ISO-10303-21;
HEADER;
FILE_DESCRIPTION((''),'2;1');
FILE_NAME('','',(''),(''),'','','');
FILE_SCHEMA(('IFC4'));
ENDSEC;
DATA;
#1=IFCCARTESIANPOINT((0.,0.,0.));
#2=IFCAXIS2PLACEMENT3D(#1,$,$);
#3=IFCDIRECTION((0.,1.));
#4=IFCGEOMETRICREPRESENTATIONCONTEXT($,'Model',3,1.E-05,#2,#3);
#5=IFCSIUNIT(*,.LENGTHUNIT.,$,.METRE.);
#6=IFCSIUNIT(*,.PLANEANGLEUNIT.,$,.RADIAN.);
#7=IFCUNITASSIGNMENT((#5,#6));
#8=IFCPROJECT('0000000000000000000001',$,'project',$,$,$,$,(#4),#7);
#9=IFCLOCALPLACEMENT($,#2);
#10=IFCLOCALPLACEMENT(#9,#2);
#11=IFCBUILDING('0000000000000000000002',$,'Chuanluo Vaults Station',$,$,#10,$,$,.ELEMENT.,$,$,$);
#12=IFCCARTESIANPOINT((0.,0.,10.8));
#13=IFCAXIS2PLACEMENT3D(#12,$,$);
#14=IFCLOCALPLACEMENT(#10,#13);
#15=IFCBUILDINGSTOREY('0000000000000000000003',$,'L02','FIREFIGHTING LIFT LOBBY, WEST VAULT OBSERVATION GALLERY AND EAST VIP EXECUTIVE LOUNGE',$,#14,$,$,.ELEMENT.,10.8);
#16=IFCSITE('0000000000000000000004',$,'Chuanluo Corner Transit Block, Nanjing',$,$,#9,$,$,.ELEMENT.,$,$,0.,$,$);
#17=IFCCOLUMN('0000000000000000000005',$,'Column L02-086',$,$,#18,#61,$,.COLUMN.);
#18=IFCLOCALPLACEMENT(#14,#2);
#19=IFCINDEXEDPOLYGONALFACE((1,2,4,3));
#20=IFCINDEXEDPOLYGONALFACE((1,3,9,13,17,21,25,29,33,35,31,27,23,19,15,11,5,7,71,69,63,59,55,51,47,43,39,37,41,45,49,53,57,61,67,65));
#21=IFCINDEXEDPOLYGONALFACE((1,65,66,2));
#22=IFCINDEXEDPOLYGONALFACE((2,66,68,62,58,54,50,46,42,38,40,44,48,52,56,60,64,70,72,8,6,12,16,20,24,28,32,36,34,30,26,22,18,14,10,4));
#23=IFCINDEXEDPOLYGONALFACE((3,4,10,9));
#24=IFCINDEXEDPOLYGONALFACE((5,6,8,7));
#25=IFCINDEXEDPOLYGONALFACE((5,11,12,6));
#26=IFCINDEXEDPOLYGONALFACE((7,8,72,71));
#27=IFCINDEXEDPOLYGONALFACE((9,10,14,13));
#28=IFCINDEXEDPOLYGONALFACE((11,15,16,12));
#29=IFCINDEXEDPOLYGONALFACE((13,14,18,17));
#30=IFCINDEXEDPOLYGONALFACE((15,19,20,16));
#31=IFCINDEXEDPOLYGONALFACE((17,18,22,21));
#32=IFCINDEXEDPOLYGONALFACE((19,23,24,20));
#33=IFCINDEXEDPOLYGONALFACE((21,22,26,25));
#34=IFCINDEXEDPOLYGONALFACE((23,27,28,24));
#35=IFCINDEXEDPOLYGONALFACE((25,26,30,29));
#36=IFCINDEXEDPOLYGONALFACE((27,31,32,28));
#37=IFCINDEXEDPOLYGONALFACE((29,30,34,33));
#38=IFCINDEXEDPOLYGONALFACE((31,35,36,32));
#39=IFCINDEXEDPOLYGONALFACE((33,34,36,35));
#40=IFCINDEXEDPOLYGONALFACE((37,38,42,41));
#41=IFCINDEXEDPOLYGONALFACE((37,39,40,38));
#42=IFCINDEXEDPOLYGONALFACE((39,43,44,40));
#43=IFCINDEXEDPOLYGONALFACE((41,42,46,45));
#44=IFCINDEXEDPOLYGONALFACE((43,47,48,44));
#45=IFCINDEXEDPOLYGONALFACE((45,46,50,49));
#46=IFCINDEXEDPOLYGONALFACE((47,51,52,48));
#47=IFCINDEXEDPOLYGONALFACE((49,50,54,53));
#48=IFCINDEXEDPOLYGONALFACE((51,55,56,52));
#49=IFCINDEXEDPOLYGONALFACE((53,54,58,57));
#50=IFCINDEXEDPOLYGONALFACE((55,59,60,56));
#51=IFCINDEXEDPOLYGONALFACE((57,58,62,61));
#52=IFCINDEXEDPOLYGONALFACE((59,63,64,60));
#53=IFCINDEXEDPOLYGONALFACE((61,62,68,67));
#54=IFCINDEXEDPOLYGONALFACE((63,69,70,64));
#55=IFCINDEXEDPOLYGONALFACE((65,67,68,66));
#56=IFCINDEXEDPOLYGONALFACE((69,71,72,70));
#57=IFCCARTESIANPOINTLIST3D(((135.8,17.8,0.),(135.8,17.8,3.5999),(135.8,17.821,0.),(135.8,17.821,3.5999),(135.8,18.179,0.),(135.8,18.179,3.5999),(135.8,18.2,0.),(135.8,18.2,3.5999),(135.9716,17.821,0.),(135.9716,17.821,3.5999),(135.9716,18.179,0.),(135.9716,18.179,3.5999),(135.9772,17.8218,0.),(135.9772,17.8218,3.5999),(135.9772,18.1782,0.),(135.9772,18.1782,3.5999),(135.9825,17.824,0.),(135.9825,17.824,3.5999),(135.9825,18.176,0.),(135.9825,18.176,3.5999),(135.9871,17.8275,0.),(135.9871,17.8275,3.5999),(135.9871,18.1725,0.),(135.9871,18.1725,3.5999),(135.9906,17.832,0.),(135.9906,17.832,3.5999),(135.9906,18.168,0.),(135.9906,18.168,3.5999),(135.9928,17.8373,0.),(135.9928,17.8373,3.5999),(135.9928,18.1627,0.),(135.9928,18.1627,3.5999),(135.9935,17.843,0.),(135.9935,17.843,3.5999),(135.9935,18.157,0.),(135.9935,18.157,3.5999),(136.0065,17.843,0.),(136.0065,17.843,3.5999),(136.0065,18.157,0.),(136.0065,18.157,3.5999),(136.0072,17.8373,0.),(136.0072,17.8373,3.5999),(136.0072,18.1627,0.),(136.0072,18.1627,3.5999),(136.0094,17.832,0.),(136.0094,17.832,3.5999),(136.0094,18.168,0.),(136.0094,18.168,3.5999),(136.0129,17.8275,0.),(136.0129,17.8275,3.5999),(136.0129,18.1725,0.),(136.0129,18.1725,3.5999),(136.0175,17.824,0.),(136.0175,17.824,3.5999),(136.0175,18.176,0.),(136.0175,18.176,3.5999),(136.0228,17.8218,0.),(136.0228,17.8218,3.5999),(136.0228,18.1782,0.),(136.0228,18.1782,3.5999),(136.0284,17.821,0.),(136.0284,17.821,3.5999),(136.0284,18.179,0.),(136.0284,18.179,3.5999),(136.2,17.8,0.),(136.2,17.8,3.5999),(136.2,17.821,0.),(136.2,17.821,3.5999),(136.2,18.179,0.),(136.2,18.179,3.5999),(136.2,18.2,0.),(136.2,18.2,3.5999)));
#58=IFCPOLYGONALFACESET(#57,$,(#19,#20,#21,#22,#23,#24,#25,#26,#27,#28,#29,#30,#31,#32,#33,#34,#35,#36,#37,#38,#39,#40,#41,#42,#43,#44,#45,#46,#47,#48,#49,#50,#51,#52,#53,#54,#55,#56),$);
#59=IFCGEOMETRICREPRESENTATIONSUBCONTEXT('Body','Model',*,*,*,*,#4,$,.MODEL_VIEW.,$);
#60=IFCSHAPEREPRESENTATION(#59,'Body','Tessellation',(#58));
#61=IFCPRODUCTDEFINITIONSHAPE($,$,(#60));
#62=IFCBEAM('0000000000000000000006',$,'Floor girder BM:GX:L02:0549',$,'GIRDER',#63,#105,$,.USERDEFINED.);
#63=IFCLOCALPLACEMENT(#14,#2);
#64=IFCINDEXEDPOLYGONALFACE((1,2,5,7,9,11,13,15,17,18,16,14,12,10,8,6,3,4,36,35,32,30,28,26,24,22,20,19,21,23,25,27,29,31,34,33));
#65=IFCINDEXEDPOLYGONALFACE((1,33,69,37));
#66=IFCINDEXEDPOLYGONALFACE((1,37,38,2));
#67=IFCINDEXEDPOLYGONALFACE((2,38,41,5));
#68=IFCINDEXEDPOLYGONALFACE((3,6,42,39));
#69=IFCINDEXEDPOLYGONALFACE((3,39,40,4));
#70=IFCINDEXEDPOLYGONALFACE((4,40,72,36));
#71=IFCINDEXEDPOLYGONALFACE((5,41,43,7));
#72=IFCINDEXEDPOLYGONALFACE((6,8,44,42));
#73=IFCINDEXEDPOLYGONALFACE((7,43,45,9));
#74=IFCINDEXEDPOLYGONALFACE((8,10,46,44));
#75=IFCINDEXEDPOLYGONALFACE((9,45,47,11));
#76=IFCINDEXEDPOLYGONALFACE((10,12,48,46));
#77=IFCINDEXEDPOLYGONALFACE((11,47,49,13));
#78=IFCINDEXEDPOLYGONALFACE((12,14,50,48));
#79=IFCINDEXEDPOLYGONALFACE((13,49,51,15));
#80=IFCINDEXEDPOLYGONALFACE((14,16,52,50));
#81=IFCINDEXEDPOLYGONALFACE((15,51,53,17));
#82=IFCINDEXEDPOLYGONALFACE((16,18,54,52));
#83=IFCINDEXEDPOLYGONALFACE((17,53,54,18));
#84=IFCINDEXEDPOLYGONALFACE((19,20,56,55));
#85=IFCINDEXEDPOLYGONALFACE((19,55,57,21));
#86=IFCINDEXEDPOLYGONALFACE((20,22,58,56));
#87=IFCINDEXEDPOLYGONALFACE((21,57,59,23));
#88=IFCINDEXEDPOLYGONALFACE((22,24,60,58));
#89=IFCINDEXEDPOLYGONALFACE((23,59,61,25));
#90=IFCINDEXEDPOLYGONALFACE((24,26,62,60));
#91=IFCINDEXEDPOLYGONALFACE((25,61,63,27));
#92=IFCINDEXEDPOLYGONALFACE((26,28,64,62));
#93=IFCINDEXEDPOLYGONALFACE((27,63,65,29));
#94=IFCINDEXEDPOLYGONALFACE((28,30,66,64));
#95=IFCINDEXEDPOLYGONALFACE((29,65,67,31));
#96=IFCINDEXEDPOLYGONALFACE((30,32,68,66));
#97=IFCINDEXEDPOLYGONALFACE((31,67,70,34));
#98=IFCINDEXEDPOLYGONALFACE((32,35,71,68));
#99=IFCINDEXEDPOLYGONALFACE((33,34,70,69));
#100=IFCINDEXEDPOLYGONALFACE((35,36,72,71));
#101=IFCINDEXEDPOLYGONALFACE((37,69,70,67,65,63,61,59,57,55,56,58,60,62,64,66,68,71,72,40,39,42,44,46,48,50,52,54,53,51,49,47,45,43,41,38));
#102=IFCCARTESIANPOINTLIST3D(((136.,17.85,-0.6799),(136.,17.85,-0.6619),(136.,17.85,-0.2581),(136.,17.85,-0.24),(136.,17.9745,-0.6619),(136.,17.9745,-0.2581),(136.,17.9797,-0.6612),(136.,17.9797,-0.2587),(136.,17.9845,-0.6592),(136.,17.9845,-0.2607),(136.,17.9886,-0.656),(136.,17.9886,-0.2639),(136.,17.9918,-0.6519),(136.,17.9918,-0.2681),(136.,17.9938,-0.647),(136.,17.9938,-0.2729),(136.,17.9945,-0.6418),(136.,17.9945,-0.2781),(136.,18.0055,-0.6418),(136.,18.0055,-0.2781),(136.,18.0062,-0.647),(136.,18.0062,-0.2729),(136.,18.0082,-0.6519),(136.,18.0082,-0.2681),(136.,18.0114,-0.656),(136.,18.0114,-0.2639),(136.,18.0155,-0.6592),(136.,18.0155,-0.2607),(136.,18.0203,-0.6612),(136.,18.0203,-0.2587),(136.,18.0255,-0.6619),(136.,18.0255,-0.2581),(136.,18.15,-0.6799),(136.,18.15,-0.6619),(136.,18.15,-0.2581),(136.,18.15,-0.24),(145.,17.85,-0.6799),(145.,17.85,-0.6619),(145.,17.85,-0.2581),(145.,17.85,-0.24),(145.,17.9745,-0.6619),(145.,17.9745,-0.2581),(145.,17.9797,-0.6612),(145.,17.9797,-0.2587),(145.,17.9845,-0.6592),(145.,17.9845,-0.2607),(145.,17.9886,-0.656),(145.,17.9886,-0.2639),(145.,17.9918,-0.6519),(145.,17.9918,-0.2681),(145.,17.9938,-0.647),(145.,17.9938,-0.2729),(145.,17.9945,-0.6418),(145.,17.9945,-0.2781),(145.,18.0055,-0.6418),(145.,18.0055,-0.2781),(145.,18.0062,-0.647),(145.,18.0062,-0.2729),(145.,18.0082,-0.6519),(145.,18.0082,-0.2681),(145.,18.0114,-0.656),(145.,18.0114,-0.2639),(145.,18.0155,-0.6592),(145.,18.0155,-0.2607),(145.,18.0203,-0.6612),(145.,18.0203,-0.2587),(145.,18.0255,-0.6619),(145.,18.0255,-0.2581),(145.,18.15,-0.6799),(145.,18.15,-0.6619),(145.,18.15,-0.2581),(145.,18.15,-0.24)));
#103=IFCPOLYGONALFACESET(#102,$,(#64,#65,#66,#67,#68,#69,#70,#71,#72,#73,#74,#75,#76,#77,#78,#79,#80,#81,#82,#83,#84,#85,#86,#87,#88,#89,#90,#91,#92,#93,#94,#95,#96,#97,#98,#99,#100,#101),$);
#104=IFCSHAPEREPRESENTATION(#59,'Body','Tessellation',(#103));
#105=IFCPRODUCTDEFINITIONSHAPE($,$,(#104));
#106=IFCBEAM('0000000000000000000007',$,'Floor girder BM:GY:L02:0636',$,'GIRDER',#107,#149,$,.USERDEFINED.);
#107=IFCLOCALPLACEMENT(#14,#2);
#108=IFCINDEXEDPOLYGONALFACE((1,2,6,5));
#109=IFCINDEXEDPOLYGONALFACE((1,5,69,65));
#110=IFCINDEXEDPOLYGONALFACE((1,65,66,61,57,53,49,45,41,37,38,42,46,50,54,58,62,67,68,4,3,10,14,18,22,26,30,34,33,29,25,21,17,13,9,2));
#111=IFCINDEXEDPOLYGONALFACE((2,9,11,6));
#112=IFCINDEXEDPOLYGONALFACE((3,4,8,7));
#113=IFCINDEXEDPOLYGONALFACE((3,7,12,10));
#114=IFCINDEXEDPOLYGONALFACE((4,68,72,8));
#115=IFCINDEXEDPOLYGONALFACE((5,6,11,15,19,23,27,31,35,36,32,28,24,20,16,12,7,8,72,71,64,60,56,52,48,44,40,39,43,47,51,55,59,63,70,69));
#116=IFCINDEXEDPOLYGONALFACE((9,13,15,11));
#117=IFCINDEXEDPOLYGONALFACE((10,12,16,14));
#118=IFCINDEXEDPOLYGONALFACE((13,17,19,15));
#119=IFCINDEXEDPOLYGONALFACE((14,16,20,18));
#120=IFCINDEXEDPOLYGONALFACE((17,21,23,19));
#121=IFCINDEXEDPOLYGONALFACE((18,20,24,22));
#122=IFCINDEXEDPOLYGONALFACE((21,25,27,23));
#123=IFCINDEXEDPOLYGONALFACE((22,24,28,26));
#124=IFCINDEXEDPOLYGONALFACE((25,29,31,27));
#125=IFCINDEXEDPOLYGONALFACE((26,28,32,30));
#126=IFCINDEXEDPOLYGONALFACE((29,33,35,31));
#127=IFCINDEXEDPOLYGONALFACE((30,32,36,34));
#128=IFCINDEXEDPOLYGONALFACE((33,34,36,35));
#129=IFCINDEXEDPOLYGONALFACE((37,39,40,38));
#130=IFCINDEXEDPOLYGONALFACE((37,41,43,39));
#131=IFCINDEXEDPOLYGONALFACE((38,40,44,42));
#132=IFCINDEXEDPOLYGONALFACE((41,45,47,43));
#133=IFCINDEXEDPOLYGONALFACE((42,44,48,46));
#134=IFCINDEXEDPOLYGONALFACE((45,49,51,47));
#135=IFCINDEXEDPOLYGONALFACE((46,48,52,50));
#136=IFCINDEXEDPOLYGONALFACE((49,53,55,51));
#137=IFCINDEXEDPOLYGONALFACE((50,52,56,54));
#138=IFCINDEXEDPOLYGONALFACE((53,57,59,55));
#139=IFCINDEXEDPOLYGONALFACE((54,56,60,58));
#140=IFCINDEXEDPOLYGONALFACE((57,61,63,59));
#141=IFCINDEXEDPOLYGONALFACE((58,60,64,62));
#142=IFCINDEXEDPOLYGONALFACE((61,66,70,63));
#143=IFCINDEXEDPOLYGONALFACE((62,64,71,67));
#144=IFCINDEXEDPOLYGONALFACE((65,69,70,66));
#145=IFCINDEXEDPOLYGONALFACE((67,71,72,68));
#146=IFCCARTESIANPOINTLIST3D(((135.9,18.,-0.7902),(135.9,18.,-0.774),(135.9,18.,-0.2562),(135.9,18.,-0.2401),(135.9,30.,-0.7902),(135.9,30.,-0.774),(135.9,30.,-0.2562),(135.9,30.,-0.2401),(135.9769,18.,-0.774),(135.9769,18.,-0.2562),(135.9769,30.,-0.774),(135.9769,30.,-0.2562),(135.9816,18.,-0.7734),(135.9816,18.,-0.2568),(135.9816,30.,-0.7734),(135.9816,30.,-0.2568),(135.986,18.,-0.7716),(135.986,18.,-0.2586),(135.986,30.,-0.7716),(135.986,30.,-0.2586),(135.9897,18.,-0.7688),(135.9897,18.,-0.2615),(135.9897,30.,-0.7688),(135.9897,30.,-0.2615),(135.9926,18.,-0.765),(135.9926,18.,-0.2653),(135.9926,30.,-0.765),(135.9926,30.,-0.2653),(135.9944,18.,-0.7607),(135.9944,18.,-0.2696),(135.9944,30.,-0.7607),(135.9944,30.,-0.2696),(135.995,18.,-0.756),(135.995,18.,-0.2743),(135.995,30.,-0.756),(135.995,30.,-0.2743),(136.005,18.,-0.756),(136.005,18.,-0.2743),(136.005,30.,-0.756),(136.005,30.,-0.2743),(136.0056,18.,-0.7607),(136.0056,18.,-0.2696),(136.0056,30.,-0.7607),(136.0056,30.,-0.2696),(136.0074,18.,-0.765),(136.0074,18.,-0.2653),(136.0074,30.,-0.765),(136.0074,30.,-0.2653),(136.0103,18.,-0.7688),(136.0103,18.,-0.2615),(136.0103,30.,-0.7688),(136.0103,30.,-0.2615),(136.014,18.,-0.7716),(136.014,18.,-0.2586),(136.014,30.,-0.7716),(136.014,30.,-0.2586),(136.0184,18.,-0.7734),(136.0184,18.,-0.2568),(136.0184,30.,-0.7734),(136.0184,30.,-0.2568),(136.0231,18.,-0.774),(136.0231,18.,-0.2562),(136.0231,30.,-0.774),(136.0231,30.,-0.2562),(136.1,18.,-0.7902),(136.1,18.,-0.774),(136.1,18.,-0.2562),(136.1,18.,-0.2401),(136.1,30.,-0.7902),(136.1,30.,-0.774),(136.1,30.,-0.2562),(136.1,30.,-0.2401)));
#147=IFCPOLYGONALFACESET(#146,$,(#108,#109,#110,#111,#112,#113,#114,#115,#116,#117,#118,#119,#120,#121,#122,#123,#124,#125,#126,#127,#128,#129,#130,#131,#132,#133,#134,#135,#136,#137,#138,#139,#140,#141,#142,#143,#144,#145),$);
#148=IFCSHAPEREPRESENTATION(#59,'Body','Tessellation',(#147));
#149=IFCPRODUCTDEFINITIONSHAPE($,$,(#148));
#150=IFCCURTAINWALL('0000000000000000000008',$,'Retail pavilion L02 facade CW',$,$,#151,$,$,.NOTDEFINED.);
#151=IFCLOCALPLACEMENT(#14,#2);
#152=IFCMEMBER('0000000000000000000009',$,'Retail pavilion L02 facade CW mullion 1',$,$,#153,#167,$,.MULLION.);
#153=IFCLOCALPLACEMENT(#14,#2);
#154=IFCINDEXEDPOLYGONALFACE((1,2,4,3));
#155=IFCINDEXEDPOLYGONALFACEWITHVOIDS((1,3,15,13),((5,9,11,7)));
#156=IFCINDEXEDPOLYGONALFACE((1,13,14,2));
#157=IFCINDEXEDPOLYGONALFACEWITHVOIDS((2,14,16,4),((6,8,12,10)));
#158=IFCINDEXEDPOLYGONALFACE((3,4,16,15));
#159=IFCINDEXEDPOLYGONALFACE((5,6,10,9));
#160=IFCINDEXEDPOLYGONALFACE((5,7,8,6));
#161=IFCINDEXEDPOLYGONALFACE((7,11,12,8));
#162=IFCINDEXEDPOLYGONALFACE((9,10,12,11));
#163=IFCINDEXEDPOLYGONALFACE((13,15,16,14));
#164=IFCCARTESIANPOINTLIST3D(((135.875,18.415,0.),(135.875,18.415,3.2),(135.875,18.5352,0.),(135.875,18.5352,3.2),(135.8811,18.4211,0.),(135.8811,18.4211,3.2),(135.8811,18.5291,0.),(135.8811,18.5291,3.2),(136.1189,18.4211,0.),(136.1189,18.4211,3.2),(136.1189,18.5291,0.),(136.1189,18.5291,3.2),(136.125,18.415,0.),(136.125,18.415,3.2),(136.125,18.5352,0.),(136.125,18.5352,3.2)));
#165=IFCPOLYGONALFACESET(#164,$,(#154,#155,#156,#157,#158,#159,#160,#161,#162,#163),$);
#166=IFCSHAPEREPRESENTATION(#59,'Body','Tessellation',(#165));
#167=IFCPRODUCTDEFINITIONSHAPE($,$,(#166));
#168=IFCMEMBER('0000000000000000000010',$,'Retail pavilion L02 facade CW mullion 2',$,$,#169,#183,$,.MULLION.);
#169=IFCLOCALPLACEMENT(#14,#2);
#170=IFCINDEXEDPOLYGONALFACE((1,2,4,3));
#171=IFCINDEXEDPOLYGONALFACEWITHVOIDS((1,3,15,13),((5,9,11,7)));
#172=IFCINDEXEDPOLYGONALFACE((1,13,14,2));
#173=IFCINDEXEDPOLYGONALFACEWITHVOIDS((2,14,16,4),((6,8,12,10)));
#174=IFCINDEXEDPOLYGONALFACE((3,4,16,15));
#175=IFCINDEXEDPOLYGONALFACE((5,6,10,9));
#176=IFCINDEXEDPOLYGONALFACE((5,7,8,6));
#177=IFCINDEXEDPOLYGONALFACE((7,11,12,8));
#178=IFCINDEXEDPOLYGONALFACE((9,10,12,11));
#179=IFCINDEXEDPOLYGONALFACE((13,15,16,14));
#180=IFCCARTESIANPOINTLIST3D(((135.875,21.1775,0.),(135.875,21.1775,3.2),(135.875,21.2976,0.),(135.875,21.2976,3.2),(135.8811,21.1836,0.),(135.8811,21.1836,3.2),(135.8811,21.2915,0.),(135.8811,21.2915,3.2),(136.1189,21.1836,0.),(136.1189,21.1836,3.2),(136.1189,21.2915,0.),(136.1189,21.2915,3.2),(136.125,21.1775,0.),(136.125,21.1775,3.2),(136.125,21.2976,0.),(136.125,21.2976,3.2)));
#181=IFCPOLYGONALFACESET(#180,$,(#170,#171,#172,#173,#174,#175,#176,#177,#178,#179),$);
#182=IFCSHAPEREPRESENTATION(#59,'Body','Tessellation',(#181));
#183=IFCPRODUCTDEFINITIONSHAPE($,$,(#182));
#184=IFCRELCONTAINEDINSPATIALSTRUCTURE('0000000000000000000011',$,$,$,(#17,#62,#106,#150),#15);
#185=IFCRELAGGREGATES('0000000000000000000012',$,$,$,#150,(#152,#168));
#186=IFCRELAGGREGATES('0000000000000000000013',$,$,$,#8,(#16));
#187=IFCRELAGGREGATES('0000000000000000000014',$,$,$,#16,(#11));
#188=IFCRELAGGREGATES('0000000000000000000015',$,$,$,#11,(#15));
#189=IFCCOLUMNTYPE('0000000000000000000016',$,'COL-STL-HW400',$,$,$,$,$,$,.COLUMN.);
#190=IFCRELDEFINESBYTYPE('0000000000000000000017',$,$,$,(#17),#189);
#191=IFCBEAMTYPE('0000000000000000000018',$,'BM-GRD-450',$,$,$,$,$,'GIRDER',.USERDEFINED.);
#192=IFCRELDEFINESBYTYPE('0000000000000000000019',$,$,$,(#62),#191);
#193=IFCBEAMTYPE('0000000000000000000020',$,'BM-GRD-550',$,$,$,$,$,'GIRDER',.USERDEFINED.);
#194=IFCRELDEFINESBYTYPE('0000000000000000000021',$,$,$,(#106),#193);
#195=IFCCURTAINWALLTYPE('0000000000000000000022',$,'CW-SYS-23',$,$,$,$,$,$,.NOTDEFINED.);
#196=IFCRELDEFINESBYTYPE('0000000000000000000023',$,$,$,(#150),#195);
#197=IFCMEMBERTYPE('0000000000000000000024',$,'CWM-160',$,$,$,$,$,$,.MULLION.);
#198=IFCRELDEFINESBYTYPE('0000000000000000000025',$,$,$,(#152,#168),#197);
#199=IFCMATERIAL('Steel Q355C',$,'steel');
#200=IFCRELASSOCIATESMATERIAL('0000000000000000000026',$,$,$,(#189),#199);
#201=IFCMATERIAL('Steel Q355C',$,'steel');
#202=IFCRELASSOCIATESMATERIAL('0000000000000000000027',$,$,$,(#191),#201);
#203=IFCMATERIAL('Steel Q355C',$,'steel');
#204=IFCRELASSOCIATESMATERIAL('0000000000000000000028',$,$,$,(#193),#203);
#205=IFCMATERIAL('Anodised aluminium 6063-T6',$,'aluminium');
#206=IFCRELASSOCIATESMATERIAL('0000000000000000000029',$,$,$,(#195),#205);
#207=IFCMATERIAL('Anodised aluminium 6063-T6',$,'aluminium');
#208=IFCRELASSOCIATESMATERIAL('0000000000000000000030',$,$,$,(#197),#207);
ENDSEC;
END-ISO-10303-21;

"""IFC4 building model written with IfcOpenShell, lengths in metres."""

from ifc_helpers import new_model, si_unit, direction, frame, origin, origin_2d, place, context, subcontext, project, spatial, hollow_rectangle, i_section, extrude, material, material_profile, profile_set, type_object, element, aggregate, save


model = new_model("IFC4")

# Units and contexts
model_context = context("Model", 3, precision=1e-05, world=origin(), true_north=direction((0.0, 1.0)))
body_context = subcontext(model_context, "Body", "Model", "MODEL_VIEW")
ifc_project = project(units=[si_unit("LENGTHUNIT", "METRE"), si_unit("PLANEANGLEUNIT", "RADIAN")], contexts=[model_context])

# Site, building, storey
site_placement = place(None, origin())
site = spatial("IfcSite", under=ifc_project, at=site_placement, Name="Chuanluo Corner Transit Block, Nanjing", CompositionType="ELEMENT", RefElevation=0.0)
building_placement = place(site_placement, origin())
building = spatial("IfcBuilding", under=site, at=building_placement, Name="Chuanluo Vaults Station", CompositionType="ELEMENT")
storey_placement = place(building_placement, frame((0.0, 0.0, 10.8)))
storey = spatial("IfcBuildingStorey", under=building, at=storey_placement, Name="L02", Description="FIREFIGHTING LIFT LOBBY, WEST VAULT OBSERVATION GALLERY AND EAST VIP EXECUTIVE LOUNGE", CompositionType="ELEMENT", Elevation=10.8)

# Column
ifc_material_1 = material(Name="Steel Q355C", Category="steel")
ifc_material_profile_1 = material_profile(ifc_material_1, i_section(OverallWidth=0.3999, OverallDepth=0.3999, WebThickness=0.0129, FlangeThickness=0.021, FilletRadius=0.022, at=origin_2d()))
ifc_profile_set_1 = profile_set([ifc_material_profile_1], Name="Steel Q355C")
column_type = type_object("IfcColumnType", Name="COL-STL-HW400", PredefinedType="COLUMN", material=ifc_profile_set_1)
column_placement = place(storey_placement, frame((136.0, 18.0, 0.0), z_axis=(0.0, 0.0, 1.0), x_axis=(1.0, 0.0, 0.0)))
element("IfcColumn", 1, at=column_placement, inside=storey, type_object=column_type, Name="Column L02-086", PredefinedType="COLUMN", context=body_context, shape_type="SweptSolid", body=[
    extrude(i_section(OverallWidth=0.3999, OverallDepth=0.3999, WebThickness=0.0129, FlangeThickness=0.021, FilletRadius=0.022, at=origin_2d()), origin(), (0.0, 0.0, 1.0), 3.5999),
])

# Beams
ifc_material_2 = material(Name="Steel Q355C", Category="steel")
ifc_material_profile_2 = material_profile(ifc_material_2, i_section(OverallWidth=0.3, OverallDepth=0.4399, WebThickness=0.011, FlangeThickness=0.0181, FilletRadius=0.02, at=origin_2d()))
ifc_profile_set_2 = profile_set([ifc_material_profile_2], Name="Steel Q355C")
beam_type_1 = type_object("IfcBeamType", Name="BM-GRD-450", ElementType="GIRDER", PredefinedType="USERDEFINED", material=ifc_profile_set_2)
beam_1_placement = place(storey_placement, frame((136.0, 18.0, -0.46), z_axis=(1.0, 0.0, 0.0), x_axis=(0.0, 1.0, 0.0)))
element("IfcBeam", 2, at=beam_1_placement, inside=storey, type_object=beam_type_1, Name="Floor girder BM:GX:L02:0549", ObjectType="GIRDER", PredefinedType="USERDEFINED", context=body_context, shape_type="SweptSolid", body=[
    extrude(i_section(OverallWidth=0.3, OverallDepth=0.4399, WebThickness=0.011, FlangeThickness=0.0181, FilletRadius=0.02, at=origin_2d()), origin(), (0.0, 0.0, 1.0), 9.0),
])
ifc_material_3 = material(Name="Steel Q355C", Category="steel")
ifc_material_profile_3 = material_profile(ifc_material_3, i_section(OverallWidth=0.2, OverallDepth=0.55, WebThickness=0.01, FlangeThickness=0.0161, FilletRadius=0.0181, at=origin_2d()))
ifc_profile_set_3 = profile_set([ifc_material_profile_3], Name="Steel Q355C")
beam_type_2 = type_object("IfcBeamType", Name="BM-GRD-550", ElementType="GIRDER", PredefinedType="USERDEFINED", material=ifc_profile_set_3)
beam_2_placement = place(storey_placement, frame((136.0, 18.0, -0.5151), z_axis=(0.0, 1.0, 0.0), x_axis=(-1.0, 0.0, 0.0)))
element("IfcBeam", 3, at=beam_2_placement, inside=storey, type_object=beam_type_2, Name="Floor girder BM:GY:L02:0636", ObjectType="GIRDER", PredefinedType="USERDEFINED", context=body_context, shape_type="SweptSolid", body=[
    extrude(i_section(OverallWidth=0.2, OverallDepth=0.55, WebThickness=0.01, FlangeThickness=0.0161, FilletRadius=0.0181, at=origin_2d()), origin(), (0.0, 0.0, 1.0), 12.0),
])

# Curtain wall, members
ifc_material_4 = material(Name="Anodised aluminium 6063-T6", Category="aluminium")
curtain_wall_type_1 = type_object("IfcCurtainWallType", Name="CW-SYS-23", PredefinedType="NOTDEFINED", material=ifc_material_4)
curtain_wall_1_placement = place(storey_placement, origin())
curtain_wall_1 = element("IfcCurtainWall", 4, at=curtain_wall_1_placement, inside=storey, type_object=curtain_wall_type_1, Name="Retail pavilion L02 facade CW", PredefinedType="NOTDEFINED")
ifc_material_5 = material(Name="Anodised aluminium 6063-T6", Category="aluminium")
ifc_material_profile_4 = material_profile(ifc_material_5, hollow_rectangle(XDim=0.1201, YDim=0.25, WallThickness=0.0061, at=origin_2d()))
ifc_profile_set_4 = profile_set([ifc_material_profile_4], Name="Anodised aluminium 6063-T6")
member_type_1 = type_object("IfcMemberType", Name="CWM-160", PredefinedType="MULLION", material=ifc_profile_set_4)
member_1_placement = place(storey_placement, frame((136.0, 18.4751, 0.0), z_axis=(0.0, 0.0, 1.0), x_axis=(0.0, 1.0, 0.0)))
member_1 = element("IfcMember", 5, at=member_1_placement, type_object=member_type_1, Name="Retail pavilion L02 facade CW mullion 1", PredefinedType="MULLION", context=body_context, shape_type="SweptSolid", body=[
    extrude(hollow_rectangle(XDim=0.1201, YDim=0.25, WallThickness=0.0061, at=origin_2d()), origin(), (0.0, 0.0, 1.0), 3.2),
])
member_2_placement = place(storey_placement, frame((136.0, 21.2375, 0.0), z_axis=(0.0, 0.0, 1.0), x_axis=(0.0, 1.0, 0.0)))
member_2 = element("IfcMember", 6, at=member_2_placement, type_object=member_type_1, Name="Retail pavilion L02 facade CW mullion 2", PredefinedType="MULLION", context=body_context, shape_type="SweptSolid", body=[
    extrude(hollow_rectangle(XDim=0.1201, YDim=0.25, WallThickness=0.0061, at=origin_2d()), origin(), (0.0, 0.0, 1.0), 3.2),
])

aggregate(curtain_wall_1, [member_1, member_2])

save(model, "model.ifc")
